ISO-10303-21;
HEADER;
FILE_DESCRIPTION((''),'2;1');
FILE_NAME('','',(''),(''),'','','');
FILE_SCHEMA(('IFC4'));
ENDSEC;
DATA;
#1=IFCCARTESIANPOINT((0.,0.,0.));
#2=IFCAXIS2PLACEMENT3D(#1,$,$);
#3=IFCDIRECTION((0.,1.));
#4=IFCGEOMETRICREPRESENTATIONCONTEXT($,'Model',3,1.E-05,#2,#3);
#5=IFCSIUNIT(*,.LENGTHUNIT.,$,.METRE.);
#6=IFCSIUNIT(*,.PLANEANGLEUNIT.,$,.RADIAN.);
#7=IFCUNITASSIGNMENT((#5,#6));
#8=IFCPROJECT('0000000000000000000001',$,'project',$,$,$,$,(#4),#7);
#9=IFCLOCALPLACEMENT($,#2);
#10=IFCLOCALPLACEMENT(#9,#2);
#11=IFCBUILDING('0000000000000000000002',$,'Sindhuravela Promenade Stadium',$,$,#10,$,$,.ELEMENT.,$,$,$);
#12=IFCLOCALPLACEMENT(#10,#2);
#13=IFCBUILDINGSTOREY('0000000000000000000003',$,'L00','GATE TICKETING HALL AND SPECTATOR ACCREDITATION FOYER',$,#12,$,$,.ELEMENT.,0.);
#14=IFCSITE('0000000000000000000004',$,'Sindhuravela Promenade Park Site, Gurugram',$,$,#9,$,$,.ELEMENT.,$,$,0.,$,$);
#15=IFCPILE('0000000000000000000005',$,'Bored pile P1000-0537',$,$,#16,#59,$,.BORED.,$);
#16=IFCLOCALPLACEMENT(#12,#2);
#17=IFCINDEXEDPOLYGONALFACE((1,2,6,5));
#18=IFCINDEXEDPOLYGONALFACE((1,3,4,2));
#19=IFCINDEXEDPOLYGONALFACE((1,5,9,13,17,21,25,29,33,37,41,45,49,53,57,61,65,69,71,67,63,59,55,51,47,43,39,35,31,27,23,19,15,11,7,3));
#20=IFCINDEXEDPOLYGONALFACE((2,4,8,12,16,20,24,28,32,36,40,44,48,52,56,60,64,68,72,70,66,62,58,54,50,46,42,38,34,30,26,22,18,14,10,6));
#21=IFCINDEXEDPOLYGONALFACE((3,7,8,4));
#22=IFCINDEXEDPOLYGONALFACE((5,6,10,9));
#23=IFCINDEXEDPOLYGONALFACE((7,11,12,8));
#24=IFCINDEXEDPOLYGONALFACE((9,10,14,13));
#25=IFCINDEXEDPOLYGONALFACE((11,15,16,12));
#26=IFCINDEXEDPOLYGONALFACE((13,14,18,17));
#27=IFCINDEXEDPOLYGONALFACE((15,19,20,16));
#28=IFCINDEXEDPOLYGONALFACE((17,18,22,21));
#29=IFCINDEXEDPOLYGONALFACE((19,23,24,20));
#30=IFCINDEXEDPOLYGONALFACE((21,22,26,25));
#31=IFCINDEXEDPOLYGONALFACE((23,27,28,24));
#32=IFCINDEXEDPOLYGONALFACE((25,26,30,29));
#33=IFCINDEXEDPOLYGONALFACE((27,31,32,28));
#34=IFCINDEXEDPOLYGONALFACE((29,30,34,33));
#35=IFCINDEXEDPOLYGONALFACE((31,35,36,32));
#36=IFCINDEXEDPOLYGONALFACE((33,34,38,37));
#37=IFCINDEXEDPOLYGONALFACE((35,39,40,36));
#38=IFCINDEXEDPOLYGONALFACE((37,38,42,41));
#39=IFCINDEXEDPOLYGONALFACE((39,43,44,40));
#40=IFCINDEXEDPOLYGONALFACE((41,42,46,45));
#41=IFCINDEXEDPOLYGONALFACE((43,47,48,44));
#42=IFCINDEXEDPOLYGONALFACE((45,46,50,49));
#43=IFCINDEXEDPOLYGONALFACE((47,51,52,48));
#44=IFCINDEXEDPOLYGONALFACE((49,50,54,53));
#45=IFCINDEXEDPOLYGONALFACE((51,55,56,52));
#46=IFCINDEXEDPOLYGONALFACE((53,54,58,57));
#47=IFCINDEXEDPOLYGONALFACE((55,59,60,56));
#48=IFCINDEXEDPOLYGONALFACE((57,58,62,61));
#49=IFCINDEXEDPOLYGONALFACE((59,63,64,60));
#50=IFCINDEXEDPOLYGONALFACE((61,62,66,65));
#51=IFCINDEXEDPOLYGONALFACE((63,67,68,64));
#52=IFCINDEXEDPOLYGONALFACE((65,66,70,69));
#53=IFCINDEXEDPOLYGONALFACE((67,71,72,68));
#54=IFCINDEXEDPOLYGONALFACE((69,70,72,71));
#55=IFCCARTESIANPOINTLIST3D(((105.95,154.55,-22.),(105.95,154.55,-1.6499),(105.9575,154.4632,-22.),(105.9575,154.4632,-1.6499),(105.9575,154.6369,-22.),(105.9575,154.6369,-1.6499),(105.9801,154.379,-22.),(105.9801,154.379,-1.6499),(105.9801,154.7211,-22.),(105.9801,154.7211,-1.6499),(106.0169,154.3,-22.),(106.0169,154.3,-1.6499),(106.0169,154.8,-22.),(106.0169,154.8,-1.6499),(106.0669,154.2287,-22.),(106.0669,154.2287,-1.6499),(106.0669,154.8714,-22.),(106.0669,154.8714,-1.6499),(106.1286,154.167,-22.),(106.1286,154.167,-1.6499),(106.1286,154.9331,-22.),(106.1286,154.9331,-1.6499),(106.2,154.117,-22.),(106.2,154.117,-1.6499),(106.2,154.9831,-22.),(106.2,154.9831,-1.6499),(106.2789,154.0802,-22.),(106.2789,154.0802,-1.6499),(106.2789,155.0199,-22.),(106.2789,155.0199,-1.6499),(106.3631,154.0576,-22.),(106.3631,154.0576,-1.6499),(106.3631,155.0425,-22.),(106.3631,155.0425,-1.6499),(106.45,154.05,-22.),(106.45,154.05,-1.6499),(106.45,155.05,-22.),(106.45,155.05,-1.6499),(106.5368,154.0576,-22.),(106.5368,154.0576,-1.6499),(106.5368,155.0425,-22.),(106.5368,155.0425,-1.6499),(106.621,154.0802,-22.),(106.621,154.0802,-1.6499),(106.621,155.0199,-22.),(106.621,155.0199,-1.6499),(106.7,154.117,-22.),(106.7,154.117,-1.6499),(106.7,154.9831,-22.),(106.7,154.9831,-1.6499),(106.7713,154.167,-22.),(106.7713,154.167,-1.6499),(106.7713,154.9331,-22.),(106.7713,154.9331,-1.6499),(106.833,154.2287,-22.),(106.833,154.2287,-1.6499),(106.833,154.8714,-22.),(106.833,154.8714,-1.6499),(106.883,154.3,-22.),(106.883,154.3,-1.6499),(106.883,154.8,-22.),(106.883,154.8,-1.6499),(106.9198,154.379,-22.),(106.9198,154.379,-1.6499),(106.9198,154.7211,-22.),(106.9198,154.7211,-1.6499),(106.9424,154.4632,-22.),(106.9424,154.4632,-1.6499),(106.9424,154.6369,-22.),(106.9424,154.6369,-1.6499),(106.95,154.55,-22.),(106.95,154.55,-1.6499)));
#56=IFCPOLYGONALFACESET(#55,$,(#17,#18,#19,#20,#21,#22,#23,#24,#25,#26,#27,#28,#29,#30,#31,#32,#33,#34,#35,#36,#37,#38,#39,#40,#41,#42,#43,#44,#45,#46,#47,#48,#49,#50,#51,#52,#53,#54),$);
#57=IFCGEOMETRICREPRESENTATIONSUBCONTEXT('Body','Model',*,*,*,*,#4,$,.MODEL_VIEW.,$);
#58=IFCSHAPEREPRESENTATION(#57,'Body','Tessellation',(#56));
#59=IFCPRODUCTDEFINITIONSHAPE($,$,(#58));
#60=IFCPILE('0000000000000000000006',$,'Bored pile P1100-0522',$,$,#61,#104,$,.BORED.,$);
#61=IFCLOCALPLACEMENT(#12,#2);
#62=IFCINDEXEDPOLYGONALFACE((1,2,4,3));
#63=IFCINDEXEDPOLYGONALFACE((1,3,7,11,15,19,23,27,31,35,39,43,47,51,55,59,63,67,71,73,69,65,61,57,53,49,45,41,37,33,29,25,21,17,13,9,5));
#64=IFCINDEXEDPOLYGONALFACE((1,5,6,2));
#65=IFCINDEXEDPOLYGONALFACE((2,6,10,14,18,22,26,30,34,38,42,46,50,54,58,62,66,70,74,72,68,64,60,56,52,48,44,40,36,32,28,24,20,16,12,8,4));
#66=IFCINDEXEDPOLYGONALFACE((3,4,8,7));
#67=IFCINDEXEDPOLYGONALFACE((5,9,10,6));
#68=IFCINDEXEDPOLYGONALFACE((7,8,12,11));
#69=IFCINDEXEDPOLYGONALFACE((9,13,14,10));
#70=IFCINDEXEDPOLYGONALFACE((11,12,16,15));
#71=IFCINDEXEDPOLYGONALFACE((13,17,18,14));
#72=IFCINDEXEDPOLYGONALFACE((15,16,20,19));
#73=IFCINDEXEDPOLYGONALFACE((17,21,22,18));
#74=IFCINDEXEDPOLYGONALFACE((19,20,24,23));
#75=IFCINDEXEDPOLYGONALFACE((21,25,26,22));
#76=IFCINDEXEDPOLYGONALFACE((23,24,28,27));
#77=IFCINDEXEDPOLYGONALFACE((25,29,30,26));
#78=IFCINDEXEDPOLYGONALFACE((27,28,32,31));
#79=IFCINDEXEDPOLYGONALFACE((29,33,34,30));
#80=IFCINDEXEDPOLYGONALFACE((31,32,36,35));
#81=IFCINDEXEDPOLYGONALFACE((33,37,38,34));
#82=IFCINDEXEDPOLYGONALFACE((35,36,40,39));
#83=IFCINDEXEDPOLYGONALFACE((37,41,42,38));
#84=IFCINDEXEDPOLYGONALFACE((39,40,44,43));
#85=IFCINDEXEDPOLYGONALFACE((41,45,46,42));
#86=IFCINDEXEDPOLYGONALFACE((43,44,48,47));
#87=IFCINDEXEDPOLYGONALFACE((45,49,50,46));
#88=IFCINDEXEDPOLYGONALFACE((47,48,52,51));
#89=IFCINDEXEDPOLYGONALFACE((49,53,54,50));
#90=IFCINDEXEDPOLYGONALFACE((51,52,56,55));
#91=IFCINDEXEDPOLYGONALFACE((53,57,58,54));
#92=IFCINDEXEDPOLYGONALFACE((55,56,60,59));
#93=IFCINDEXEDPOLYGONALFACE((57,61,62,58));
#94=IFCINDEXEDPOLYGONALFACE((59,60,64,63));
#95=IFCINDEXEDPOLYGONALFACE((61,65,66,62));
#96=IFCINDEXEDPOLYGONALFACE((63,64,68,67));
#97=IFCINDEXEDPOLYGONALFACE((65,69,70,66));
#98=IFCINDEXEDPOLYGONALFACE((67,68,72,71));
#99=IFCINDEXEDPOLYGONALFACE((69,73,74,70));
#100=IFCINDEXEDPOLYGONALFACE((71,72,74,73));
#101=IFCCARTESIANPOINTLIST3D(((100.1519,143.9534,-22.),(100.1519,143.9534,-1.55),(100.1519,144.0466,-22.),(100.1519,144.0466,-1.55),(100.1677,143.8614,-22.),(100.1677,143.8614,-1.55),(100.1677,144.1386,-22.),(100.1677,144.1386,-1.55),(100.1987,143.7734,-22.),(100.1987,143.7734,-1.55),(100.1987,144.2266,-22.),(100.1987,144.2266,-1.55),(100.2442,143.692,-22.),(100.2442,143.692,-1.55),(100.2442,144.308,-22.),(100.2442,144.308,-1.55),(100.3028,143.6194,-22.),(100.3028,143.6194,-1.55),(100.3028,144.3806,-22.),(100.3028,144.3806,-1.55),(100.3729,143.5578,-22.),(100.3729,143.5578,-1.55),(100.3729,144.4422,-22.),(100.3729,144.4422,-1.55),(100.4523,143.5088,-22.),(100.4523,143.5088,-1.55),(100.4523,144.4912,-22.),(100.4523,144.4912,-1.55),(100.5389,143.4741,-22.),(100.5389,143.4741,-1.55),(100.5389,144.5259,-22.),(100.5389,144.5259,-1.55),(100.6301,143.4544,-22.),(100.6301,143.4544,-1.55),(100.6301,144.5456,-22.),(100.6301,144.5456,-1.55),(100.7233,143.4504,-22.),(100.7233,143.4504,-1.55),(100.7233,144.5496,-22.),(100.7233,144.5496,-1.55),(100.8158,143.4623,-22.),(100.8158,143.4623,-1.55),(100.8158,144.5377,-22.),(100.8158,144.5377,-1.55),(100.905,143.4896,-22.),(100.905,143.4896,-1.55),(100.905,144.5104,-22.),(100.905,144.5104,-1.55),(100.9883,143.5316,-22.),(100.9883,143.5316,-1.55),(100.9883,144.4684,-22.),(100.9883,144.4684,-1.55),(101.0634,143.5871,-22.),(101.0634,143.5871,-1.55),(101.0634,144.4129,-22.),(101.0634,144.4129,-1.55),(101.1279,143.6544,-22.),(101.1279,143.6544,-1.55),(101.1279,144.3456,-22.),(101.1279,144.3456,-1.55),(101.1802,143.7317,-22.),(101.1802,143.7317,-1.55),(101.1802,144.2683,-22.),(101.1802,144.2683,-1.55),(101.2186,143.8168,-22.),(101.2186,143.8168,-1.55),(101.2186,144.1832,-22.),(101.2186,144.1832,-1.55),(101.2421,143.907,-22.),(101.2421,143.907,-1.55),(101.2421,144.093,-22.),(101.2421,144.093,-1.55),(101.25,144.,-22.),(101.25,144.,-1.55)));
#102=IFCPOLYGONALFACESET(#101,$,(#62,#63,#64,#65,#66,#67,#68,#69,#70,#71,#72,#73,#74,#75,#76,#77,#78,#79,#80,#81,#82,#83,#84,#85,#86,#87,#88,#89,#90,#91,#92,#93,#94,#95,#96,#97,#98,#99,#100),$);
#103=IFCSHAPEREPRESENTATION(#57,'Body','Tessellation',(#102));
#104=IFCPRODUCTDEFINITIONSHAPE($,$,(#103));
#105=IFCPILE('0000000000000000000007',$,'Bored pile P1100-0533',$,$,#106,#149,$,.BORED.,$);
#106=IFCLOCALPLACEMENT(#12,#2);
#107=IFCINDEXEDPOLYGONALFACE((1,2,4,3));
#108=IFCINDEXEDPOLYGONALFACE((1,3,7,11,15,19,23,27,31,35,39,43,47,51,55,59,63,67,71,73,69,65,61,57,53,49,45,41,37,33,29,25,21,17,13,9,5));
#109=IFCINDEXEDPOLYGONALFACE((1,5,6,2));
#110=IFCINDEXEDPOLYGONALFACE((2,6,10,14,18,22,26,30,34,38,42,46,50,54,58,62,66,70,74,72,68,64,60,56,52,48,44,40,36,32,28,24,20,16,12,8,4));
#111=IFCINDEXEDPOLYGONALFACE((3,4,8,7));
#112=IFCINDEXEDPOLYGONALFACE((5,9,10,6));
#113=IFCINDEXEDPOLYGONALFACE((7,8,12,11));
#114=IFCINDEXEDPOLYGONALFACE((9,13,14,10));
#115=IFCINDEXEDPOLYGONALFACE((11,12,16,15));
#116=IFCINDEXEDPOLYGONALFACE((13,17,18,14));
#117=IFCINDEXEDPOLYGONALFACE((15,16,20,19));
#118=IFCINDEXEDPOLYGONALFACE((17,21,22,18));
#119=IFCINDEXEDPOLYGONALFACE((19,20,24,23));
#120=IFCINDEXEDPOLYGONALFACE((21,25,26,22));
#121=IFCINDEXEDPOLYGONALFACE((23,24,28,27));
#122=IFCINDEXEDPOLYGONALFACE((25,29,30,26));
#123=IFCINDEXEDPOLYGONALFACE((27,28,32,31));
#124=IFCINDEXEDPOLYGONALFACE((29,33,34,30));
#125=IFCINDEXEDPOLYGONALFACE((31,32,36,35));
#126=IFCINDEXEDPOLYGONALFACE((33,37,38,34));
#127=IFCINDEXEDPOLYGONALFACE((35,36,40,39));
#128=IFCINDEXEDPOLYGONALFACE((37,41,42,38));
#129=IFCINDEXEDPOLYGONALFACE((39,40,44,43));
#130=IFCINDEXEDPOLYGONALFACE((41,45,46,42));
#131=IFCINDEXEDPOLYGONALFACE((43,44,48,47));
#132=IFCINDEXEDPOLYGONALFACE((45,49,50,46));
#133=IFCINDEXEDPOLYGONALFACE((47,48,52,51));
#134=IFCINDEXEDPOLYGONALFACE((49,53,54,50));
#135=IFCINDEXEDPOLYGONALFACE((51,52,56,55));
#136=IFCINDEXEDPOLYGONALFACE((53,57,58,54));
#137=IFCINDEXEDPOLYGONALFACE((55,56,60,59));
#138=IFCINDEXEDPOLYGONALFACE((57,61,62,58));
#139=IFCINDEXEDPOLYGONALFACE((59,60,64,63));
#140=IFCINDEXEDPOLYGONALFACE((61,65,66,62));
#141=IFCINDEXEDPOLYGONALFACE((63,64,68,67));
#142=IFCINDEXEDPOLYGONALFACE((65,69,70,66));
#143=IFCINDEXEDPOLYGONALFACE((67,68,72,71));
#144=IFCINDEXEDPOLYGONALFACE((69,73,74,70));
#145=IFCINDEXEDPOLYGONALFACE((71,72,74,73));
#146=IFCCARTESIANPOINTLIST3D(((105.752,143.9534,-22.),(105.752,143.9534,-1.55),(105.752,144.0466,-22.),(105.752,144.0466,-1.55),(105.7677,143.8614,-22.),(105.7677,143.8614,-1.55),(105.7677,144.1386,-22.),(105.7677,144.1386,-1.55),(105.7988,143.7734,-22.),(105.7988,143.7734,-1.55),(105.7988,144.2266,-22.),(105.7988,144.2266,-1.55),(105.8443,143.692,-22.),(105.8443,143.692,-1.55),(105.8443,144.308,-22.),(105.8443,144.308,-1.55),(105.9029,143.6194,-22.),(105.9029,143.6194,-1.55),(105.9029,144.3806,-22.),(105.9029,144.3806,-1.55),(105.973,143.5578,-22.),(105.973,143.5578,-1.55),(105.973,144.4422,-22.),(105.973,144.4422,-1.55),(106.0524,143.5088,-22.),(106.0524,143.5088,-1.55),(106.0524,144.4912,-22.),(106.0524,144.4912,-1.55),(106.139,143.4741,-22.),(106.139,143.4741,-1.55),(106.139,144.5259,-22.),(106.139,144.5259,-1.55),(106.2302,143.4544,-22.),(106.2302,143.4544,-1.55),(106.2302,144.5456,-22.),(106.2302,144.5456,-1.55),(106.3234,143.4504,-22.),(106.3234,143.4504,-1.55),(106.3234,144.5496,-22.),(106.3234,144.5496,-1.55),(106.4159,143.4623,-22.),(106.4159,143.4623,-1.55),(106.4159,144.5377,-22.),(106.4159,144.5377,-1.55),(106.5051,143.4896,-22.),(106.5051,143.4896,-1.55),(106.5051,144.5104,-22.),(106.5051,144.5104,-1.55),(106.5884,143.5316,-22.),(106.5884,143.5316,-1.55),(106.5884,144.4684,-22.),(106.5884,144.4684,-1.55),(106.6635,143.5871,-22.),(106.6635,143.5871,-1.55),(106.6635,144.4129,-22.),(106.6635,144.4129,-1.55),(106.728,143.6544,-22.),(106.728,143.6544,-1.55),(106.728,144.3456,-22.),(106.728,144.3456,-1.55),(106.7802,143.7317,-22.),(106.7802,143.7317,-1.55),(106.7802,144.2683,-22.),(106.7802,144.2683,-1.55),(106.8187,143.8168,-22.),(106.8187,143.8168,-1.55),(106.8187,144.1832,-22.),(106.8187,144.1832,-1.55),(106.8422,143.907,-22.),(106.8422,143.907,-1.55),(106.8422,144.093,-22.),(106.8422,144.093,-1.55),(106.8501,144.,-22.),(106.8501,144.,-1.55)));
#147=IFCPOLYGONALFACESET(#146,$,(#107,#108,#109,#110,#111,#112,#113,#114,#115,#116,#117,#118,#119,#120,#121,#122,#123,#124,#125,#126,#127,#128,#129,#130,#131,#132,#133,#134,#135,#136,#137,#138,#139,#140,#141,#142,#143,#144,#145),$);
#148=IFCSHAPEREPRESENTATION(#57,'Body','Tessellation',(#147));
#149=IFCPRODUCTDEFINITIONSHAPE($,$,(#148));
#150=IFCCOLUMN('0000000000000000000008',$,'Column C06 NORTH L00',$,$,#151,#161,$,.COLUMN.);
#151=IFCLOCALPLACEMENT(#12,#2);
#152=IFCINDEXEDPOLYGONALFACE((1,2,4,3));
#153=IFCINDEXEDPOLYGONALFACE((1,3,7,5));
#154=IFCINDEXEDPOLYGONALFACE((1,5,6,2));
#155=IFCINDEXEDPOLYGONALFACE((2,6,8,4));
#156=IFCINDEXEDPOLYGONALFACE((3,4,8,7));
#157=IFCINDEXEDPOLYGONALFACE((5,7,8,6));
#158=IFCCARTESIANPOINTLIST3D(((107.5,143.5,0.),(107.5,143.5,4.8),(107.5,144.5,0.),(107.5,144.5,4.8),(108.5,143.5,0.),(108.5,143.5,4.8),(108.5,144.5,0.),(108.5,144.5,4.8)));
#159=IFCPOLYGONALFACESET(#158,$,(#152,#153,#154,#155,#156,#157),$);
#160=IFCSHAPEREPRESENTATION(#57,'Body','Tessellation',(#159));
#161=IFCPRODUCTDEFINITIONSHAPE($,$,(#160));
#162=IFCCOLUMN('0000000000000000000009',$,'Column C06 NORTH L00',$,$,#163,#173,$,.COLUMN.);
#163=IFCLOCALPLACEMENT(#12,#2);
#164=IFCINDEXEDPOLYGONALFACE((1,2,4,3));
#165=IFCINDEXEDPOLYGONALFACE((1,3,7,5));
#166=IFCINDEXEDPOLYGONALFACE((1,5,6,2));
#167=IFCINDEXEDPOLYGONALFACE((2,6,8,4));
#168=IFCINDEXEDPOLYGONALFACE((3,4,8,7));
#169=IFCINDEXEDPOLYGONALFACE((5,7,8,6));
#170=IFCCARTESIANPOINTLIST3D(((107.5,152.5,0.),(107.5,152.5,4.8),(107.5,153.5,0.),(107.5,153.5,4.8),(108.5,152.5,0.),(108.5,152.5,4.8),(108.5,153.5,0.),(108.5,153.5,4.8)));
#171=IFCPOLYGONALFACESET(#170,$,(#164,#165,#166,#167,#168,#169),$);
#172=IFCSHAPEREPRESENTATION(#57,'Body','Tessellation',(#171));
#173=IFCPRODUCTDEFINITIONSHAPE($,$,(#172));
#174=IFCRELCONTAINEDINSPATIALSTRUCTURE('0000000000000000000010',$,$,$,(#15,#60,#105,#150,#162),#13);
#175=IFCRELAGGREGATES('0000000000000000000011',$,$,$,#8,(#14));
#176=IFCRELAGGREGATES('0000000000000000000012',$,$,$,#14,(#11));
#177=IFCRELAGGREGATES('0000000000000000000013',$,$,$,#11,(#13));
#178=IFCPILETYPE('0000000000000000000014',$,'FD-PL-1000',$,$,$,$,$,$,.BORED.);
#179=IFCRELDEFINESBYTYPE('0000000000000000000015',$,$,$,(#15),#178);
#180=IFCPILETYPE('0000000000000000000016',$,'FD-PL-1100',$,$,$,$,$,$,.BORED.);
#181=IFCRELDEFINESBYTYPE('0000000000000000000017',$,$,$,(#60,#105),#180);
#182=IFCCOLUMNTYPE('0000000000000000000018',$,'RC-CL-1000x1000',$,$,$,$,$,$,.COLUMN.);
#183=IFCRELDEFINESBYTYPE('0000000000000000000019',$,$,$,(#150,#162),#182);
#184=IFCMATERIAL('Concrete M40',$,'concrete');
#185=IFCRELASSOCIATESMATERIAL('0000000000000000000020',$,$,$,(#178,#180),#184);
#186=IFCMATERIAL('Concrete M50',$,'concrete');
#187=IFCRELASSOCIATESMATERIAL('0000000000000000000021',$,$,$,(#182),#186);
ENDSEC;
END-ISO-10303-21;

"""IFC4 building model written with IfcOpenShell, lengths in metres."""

from ifc_helpers import new_model, si_unit, direction, frame, origin, origin_2d, place, context, subcontext, project, spatial, rectangle, circle, extrude, material, material_profile, profile_set, type_object, element, save


model = new_model("IFC4")

# Units and contexts
model_context = context("Model", 3, precision=1e-05, world=origin(), true_north=direction((0.0, 1.0)))
body_context = subcontext(model_context, "Body", "Model", "MODEL_VIEW")
ifc_project = project(units=[si_unit("LENGTHUNIT", "METRE"), si_unit("PLANEANGLEUNIT", "RADIAN")], contexts=[model_context])

# Site, building, storey
site_placement = place(None, origin())
site = spatial("IfcSite", under=ifc_project, at=site_placement, Name="Sindhuravela Promenade Park Site, Gurugram", CompositionType="ELEMENT", RefElevation=0.0)
building_placement = place(site_placement, origin())
building = spatial("IfcBuilding", under=site, at=building_placement, Name="Sindhuravela Promenade Stadium", CompositionType="ELEMENT")
storey_placement = place(building_placement, origin())
storey = spatial("IfcBuildingStorey", under=building, at=storey_placement, Name="L00", Description="GATE TICKETING HALL AND SPECTATOR ACCREDITATION FOYER", CompositionType="ELEMENT", Elevation=0.0)

# Shared definitions
ifc_material_1 = material(Name="Concrete M50", Category="concrete")

# Piles
ifc_material_2 = material(Name="Concrete M40", Category="concrete")
ifc_material_profile_1 = material_profile(ifc_material_2, circle(Radius=0.5, at=origin_2d()), Name="BORED PILE D1000")
ifc_profile_set_1 = profile_set([ifc_material_profile_1], Name="Concrete M40")
pile_type_1 = type_object("IfcPileType", Name="FD-PL-1000", PredefinedType="BORED", material=ifc_profile_set_1)
for number, where, z_axis, x_axis, name in (
    (1, (106.45, 154.55, -1.6499), (0.0, 0.0, -1.0), (1.0, 0.0, 0.0), "Bored pile P1000-0537"),
):
    element("IfcPile", number, at=place(storey_placement, frame(where, z_axis=z_axis, x_axis=x_axis)), inside=storey, type_object=pile_type_1, Name=name, PredefinedType="BORED", context=body_context, shape_type="SweptSolid", body=[
        extrude(circle(Radius=0.5, at=origin_2d()), origin(), (0.0, 0.0, 1.0), 20.3501),
    ])
ifc_material_profile_2 = material_profile(ifc_material_2, circle(Radius=0.55, at=origin_2d()), Name="BORED PILE D1100")
ifc_profile_set_2 = profile_set([ifc_material_profile_2], Name="Concrete M40")
pile_type_2 = type_object("IfcPileType", Name="FD-PL-1100", PredefinedType="BORED", material=ifc_profile_set_2)
for number, where, z_axis, x_axis, name in (
    (2, (100.7, 144.0, -1.55), (0.0, 0.0, -1.0), (1.0, 0.0, 0.0), "Bored pile P1100-0522"),
    (3, (106.3, 144.0, -1.55), (0.0, 0.0, -1.0), (1.0, 0.0, 0.0), "Bored pile P1100-0533"),
):
    element("IfcPile", number, at=place(storey_placement, frame(where, z_axis=z_axis, x_axis=x_axis)), inside=storey, type_object=pile_type_2, Name=name, PredefinedType="BORED", context=body_context, shape_type="SweptSolid", body=[
        extrude(circle(Radius=0.55, at=origin_2d()), origin(), (0.0, 0.0, 1.0), 20.45),
    ])

# Columns
ifc_material_profile_3 = material_profile(ifc_material_1, rectangle(XDim=1.0, YDim=1.0, at=origin_2d()), Name="RC 1000x1000")
ifc_profile_set_3 = profile_set([ifc_material_profile_3], Name="Concrete M50")
column_type = type_object("IfcColumnType", Name="RC-CL-1000x1000", PredefinedType="COLUMN", material=ifc_profile_set_3)
for number, where, z_axis, x_axis, name in (
    (4, (108.0, 144.0, 0.0), (0.0, 0.0, 1.0), (1.0, 0.0, 0.0), "Column C06 NORTH L00"),
    (5, (108.0, 153.0, 0.0), (0.0, 0.0, 1.0), (1.0, 0.0, 0.0), "Column C06 NORTH L00"),
):
    element("IfcColumn", number, at=place(storey_placement, frame(where, z_axis=z_axis, x_axis=x_axis)), inside=storey, type_object=column_type, Name=name, PredefinedType="COLUMN", context=body_context, shape_type="SweptSolid", body=[
        extrude(rectangle(XDim=1.0, YDim=1.0, at=origin_2d()), origin(), (0.0, 0.0, 1.0), 4.8),
    ])

save(model, "model.ifc")
